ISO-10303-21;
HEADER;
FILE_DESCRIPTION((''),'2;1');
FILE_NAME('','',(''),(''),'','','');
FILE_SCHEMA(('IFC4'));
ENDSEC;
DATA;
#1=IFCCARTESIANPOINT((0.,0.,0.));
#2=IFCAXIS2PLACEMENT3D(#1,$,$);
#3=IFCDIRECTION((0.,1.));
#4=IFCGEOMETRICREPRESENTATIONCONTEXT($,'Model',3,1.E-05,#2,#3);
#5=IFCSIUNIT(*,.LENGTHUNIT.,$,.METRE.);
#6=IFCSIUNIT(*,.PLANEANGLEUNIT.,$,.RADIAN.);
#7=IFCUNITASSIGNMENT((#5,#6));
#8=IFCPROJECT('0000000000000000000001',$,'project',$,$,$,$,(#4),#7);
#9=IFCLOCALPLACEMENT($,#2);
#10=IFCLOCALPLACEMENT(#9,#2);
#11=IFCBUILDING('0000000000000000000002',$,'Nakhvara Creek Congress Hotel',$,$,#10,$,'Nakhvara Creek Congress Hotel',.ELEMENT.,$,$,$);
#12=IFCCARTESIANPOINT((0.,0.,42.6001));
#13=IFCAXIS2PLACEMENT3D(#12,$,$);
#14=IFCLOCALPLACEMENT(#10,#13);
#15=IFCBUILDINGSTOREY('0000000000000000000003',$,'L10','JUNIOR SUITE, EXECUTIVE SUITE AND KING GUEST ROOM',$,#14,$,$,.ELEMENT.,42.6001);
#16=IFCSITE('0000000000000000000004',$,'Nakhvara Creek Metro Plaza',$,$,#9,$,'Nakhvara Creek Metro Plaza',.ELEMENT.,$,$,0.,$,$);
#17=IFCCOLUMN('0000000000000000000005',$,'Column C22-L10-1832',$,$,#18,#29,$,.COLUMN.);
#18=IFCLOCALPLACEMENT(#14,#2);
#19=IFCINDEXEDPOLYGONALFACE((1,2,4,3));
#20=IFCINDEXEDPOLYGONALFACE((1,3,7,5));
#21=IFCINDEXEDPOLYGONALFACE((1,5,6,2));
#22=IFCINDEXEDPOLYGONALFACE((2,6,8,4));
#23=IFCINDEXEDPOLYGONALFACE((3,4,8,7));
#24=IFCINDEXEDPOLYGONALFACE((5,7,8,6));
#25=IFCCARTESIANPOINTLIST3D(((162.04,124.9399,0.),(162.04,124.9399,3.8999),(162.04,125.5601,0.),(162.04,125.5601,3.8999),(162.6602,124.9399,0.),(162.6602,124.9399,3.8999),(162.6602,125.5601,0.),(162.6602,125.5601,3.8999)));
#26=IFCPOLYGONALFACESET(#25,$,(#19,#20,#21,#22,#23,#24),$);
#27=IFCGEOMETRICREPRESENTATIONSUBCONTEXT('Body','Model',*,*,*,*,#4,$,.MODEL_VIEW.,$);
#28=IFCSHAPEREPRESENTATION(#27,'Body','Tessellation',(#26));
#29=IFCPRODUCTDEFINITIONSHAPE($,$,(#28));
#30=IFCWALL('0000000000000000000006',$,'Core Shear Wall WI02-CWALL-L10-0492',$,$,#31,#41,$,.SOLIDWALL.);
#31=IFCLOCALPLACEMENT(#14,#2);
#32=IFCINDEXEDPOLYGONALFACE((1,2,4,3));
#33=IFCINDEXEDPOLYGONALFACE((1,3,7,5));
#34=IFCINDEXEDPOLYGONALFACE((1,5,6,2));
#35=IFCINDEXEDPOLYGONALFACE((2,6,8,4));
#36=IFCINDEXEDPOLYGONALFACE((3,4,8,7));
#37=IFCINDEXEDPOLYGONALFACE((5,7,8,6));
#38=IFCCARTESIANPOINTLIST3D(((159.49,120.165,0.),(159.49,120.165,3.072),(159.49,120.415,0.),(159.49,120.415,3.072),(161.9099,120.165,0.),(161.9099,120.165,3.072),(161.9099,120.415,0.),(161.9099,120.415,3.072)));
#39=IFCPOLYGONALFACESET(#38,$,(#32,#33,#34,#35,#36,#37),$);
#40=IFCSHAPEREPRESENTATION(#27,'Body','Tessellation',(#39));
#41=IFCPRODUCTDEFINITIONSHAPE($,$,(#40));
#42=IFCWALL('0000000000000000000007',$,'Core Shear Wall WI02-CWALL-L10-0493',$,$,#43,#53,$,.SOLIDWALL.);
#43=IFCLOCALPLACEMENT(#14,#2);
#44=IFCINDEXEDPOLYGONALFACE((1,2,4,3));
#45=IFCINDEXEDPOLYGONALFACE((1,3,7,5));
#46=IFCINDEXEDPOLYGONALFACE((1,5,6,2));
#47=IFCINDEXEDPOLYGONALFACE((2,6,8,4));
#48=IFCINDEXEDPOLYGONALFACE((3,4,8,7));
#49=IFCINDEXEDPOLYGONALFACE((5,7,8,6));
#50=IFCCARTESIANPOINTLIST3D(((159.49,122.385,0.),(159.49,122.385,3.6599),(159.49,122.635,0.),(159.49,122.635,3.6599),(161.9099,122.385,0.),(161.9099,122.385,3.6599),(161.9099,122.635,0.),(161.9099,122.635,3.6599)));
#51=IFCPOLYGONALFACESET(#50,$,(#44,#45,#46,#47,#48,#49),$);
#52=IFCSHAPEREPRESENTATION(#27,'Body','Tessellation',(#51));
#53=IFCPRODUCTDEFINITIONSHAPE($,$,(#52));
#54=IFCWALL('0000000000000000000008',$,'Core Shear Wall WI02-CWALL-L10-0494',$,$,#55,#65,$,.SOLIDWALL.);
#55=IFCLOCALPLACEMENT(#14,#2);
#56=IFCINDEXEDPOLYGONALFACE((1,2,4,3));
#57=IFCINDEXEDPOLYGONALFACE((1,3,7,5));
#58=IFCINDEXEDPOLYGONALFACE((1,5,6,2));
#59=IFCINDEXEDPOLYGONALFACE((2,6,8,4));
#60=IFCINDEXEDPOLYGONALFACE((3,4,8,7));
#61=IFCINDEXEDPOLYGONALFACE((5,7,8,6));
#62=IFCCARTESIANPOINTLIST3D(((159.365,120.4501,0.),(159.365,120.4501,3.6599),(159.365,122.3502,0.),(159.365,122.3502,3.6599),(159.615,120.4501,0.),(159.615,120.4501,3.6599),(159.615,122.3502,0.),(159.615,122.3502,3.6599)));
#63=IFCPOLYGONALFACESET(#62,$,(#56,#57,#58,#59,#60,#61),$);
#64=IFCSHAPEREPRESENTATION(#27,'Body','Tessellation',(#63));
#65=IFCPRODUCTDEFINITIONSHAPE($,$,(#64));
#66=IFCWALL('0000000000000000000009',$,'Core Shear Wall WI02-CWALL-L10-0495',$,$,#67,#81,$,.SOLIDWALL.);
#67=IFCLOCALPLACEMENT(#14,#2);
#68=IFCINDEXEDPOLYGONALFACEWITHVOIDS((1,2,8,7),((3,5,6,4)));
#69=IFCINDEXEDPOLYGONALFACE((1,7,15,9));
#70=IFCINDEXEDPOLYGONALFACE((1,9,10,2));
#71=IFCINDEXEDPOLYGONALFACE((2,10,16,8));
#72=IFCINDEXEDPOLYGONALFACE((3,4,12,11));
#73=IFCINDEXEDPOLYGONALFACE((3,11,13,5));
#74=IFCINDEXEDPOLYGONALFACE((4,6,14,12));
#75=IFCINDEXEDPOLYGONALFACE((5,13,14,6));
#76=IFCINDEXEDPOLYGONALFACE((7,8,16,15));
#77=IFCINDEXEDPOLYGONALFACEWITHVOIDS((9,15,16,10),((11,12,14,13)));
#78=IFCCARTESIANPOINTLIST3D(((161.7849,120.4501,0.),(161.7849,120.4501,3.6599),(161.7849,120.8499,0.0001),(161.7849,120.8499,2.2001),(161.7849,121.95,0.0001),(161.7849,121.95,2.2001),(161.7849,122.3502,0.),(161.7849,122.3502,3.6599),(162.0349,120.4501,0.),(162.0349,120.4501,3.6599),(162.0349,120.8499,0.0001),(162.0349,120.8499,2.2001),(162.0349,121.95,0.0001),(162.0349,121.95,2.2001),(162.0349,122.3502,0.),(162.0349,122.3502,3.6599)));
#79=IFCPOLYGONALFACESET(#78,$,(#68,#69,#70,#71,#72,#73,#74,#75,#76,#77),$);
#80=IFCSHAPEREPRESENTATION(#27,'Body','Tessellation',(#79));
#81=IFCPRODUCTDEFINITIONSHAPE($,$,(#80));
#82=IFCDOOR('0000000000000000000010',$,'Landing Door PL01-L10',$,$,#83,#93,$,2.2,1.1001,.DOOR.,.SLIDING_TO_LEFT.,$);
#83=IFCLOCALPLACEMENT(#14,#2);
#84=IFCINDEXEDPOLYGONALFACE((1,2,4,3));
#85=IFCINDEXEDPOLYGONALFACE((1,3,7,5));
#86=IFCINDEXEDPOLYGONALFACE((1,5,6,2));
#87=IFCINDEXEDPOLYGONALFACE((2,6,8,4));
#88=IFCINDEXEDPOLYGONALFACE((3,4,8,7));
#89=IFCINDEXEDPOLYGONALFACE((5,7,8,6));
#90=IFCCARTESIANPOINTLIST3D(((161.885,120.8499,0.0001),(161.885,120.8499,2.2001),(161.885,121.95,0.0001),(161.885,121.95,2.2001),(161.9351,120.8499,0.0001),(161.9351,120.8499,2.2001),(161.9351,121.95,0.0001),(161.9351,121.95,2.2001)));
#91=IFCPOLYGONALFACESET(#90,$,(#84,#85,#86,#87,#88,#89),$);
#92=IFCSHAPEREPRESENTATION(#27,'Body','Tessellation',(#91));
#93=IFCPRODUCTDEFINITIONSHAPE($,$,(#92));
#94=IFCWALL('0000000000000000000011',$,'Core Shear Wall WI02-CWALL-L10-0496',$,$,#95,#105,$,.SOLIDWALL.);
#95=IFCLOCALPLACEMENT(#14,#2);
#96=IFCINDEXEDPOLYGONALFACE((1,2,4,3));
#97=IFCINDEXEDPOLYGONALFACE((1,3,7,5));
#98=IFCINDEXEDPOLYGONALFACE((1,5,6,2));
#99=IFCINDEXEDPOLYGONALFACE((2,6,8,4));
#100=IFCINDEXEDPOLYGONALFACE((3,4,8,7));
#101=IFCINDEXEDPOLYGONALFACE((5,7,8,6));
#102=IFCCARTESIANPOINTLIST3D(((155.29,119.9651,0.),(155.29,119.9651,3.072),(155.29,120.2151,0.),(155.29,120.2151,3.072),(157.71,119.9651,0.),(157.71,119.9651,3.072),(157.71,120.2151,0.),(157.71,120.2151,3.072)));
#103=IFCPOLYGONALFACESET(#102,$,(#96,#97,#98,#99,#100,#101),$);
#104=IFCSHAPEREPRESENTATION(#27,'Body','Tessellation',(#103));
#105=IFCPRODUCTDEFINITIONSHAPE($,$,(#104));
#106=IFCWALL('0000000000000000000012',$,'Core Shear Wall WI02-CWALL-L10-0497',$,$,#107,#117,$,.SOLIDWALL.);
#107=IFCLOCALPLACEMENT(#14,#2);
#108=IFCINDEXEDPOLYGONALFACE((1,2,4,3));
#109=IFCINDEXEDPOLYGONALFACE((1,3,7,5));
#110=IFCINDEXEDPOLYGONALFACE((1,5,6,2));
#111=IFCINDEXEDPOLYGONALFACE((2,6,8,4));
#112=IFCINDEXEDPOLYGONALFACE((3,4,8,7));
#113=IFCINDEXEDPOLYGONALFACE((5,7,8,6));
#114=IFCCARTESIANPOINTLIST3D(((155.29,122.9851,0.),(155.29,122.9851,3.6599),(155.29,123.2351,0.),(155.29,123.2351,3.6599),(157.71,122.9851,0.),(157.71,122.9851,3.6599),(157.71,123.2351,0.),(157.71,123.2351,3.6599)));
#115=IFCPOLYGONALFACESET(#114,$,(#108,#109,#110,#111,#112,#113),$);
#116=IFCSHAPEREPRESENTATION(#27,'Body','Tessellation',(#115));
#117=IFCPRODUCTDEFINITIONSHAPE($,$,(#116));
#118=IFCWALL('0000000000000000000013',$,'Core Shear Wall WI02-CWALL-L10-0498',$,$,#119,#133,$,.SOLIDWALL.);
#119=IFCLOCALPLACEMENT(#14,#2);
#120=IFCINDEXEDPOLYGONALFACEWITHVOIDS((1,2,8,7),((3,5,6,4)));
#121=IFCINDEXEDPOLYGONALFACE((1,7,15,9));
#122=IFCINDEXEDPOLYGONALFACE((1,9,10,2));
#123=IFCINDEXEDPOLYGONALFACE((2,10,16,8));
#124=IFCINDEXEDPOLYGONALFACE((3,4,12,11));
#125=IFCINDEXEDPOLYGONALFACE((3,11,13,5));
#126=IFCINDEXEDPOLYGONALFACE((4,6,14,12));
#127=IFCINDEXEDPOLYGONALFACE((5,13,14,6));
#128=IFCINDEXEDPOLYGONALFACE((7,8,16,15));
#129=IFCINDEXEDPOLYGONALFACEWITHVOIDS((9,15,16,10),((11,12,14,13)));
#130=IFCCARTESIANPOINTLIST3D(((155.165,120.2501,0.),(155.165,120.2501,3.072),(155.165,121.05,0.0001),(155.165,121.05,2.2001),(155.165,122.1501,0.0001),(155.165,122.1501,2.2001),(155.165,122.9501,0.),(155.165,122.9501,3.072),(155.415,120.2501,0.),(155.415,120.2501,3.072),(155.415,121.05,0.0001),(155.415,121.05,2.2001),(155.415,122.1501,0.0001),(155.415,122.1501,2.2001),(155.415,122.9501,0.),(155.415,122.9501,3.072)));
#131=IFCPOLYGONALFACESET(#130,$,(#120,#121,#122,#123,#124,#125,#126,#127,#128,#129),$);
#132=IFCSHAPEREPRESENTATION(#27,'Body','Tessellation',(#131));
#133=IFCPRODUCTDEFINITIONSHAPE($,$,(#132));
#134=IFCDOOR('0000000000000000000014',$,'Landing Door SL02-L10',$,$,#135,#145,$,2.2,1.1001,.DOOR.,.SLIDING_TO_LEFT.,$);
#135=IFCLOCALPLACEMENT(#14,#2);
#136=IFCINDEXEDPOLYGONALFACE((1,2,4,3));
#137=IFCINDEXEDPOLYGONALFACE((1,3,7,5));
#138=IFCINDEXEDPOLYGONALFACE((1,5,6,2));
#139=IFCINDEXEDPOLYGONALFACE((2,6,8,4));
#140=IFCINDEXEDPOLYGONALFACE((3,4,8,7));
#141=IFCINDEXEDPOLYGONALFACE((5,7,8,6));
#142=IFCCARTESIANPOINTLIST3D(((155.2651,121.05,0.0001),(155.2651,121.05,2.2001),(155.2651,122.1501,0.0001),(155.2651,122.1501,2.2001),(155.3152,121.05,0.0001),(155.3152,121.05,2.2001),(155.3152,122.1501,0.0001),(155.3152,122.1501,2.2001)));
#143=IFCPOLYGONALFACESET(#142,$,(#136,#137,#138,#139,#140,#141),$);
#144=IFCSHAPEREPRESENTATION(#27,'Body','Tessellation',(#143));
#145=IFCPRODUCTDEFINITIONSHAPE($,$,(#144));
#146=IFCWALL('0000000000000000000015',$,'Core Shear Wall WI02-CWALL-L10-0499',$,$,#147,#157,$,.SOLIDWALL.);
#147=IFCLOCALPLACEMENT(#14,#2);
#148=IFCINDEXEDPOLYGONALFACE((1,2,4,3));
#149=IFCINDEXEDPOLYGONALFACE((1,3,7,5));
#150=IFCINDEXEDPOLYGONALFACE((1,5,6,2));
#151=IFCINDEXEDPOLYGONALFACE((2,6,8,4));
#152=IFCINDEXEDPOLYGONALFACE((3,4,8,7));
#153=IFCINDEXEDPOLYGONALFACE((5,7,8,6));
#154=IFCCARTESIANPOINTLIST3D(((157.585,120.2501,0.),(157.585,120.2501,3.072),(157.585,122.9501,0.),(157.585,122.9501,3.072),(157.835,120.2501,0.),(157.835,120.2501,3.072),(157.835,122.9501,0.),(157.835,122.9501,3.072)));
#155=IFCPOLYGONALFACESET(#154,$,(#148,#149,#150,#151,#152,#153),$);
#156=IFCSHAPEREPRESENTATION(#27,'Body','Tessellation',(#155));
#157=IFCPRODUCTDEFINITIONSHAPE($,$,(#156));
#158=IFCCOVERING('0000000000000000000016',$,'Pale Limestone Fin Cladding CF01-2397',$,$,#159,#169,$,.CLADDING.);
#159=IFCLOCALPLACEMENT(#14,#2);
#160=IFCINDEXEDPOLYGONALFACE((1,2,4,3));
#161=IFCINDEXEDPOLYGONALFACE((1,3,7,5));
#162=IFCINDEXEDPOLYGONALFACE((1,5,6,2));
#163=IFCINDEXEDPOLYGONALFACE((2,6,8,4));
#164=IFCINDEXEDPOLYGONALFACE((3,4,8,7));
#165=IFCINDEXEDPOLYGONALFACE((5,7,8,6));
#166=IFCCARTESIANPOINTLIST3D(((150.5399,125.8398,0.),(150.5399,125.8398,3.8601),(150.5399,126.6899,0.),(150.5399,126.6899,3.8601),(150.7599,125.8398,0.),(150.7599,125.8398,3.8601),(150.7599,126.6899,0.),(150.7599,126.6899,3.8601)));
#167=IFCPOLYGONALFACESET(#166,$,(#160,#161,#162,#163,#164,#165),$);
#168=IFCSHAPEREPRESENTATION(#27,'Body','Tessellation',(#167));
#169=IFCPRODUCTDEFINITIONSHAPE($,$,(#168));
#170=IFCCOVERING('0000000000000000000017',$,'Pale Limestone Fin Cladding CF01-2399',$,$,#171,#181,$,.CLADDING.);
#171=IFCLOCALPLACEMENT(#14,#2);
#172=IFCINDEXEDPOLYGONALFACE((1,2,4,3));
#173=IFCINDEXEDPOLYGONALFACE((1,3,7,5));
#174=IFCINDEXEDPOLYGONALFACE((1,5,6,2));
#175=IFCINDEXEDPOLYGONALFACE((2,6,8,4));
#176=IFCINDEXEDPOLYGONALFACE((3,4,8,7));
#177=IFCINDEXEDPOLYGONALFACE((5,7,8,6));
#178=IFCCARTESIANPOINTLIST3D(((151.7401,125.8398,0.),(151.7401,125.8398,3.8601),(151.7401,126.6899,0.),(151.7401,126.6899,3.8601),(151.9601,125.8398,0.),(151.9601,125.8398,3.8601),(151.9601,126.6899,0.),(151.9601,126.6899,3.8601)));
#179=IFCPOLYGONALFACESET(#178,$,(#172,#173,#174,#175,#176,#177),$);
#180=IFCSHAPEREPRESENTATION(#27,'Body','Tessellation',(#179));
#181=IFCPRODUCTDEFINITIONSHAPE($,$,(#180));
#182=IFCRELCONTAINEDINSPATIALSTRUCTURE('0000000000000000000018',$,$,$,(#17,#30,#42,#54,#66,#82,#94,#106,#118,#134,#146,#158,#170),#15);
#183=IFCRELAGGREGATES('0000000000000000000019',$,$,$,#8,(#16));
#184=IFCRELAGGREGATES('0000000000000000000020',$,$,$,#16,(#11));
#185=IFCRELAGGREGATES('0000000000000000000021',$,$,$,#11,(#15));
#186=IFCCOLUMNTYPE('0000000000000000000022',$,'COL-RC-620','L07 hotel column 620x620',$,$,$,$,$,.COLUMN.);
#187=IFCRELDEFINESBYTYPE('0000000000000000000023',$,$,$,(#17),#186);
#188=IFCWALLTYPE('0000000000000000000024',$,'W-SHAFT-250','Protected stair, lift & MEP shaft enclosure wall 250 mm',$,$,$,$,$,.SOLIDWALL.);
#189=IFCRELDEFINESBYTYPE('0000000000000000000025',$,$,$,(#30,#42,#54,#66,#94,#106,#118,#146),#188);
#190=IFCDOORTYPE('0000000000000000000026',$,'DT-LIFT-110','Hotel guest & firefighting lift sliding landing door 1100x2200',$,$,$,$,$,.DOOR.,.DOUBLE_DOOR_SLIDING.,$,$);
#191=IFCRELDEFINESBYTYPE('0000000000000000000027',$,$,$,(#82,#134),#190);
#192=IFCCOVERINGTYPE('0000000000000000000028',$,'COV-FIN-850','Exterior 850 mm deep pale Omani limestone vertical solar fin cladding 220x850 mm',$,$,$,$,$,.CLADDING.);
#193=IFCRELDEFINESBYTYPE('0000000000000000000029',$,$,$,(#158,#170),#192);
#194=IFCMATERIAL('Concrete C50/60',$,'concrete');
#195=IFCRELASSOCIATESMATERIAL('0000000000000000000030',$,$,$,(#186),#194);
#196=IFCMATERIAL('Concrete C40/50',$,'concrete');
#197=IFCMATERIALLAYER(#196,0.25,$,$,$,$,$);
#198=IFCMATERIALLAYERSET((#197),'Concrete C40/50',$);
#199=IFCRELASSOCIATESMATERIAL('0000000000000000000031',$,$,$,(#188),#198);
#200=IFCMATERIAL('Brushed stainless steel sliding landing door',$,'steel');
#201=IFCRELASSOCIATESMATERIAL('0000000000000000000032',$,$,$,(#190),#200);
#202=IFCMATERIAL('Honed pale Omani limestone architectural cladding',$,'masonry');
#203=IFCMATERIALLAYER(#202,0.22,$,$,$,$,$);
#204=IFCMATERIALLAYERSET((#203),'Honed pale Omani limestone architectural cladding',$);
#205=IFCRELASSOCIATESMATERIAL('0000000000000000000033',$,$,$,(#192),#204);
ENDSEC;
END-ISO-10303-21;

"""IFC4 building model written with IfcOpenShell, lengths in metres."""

from ifc_helpers import new_model, si_unit, direction, frame, frame_2d, origin, origin_2d, place, context, subcontext, project, spatial, rectangle, extrude, material, layer, layer_set, material_profile, profile_set, type_object, element, fill, save


model = new_model("IFC4")

# Units and contexts
model_context = context("Model", 3, precision=1e-05, world=origin(), true_north=direction((0.0, 1.0)))
body_context = subcontext(model_context, "Body", "Model", "MODEL_VIEW")
ifc_project = project(units=[si_unit("LENGTHUNIT", "METRE"), si_unit("PLANEANGLEUNIT", "RADIAN")], contexts=[model_context])

# Site, building, storey
site_placement = place(None, origin())
site = spatial("IfcSite", under=ifc_project, at=site_placement, Name="Nakhvara Creek Metro Plaza", LongName="Nakhvara Creek Metro Plaza", CompositionType="ELEMENT", RefElevation=0.0)
building_placement = place(site_placement, origin())
building = spatial("IfcBuilding", under=site, at=building_placement, Name="Nakhvara Creek Congress Hotel", LongName="Nakhvara Creek Congress Hotel", CompositionType="ELEMENT")
storey_placement = place(building_placement, frame((0.0, 0.0, 42.6001)))
storey = spatial("IfcBuildingStorey", under=building, at=storey_placement, Name="L10", Description="JUNIOR SUITE, EXECUTIVE SUITE AND KING GUEST ROOM", CompositionType="ELEMENT", Elevation=42.6001)

# Column
ifc_material_1 = material(Name="Concrete C50/60", Category="concrete")
ifc_material_profile = material_profile(ifc_material_1, rectangle(XDim=0.6201, YDim=0.6201, at=origin_2d()), Name="RC-COL 620x620", Category="LoadBearing")
ifc_profile_set = profile_set([ifc_material_profile], Name="Concrete C50/60")
column_type = type_object("IfcColumnType", Name="COL-RC-620", Description="L07 hotel column 620x620", PredefinedType="COLUMN", material=ifc_profile_set)
column_placement = place(storey_placement, frame((162.3501, 125.25, 0.0), z_axis=(0.0, 0.0, 1.0), x_axis=(1.0, 0.0, 0.0)))
element("IfcColumn", 1, at=column_placement, inside=storey, type_object=column_type, Name="Column C22-L10-1832", PredefinedType="COLUMN", context=body_context, shape_type="SweptSolid", body=[
    extrude(rectangle(XDim=0.6201, YDim=0.6201, at=origin_2d()), origin(), (0.0, 0.0, 1.0), 3.8999),
])

# Walls
ifc_material_2 = material(Name="Concrete C40/50", Category="concrete")
ifc_layer_1 = layer(ifc_material_2, 0.25)
ifc_layer_set_1 = layer_set([ifc_layer_1], Name="Concrete C40/50")
wall_type = type_object("IfcWallType", Name="W-SHAFT-250", Description="Protected stair, lift & MEP shaft enclosure wall 250 mm", PredefinedType="SOLIDWALL", material=ifc_layer_set_1)
wall_1_placement = place(storey_placement, frame((159.49, 120.29, 0.0), z_axis=(0.0, 0.0, 1.0), x_axis=(1.0, 0.0, 0.0)))
element("IfcWall", 2, at=wall_1_placement, inside=storey, type_object=wall_type, Name="Core Shear Wall WI02-CWALL-L10-0492", PredefinedType="SOLIDWALL", context=body_context, shape_type="SweptSolid", body=[
    extrude(rectangle(XDim=2.4199, YDim=0.25, at=frame_2d((1.21, 0.0))), origin(), (0.0, 0.0, 1.0), 3.072),
])
wall_2_placement = place(storey_placement, frame((159.49, 122.51, 0.0), z_axis=(0.0, 0.0, 1.0), x_axis=(1.0, 0.0, 0.0)))
element("IfcWall", 3, at=wall_2_placement, inside=storey, type_object=wall_type, Name="Core Shear Wall WI02-CWALL-L10-0493", PredefinedType="SOLIDWALL", context=body_context, shape_type="SweptSolid", body=[
    extrude(rectangle(XDim=2.4199, YDim=0.25, at=frame_2d((1.21, 0.0))), origin(), (0.0, 0.0, 1.0), 3.6599),
])
wall_3_placement = place(storey_placement, frame((159.49, 120.45, 0.0), z_axis=(0.0, 0.0, 1.0), x_axis=(0.0, 1.0, 0.0)))
element("IfcWall", 4, at=wall_3_placement, inside=storey, type_object=wall_type, Name="Core Shear Wall WI02-CWALL-L10-0494", PredefinedType="SOLIDWALL", context=body_context, shape_type="SweptSolid", body=[
    extrude(rectangle(XDim=1.9001, YDim=0.25, at=frame_2d((0.9502, 0.0))), origin(), (0.0, 0.0, 1.0), 3.6599),
])

# Wall, opening, door
wall_4_placement = place(storey_placement, frame((161.9099, 120.45, 0.0), z_axis=(0.0, 0.0, 1.0), x_axis=(0.0, 1.0, 0.0)))
wall_4 = element("IfcWall", 5, at=wall_4_placement, inside=storey, type_object=wall_type, Name="Core Shear Wall WI02-CWALL-L10-0495", PredefinedType="SOLIDWALL", context=body_context, shape_type="SweptSolid", body=[
    extrude(rectangle(XDim=1.9001, YDim=0.25, at=frame_2d((0.9502, 0.0))), origin(), (0.0, 0.0, 1.0), 3.6599),
])
opening_1_placement = place(wall_4_placement, frame((0.3999, 0.0, 0.0)))
opening_1 = element("IfcOpeningElement", 6, at=opening_1_placement, cuts=wall_4, PredefinedType="OPENING", context=body_context, shape_type="SweptSolid", body=[
    extrude(rectangle(XDim=1.1001, YDim=2.2, at=frame_2d((0.55, 1.1001))), frame((0.0, 0.137, 0.0), z_axis=(0.0, -1.0, 0.0), x_axis=(1.0, 0.0, 0.0)), (0.0, 0.0, 1.0), 0.2739),
])
ifc_material_3 = material(Name="Brushed stainless steel sliding landing door", Category="steel")
door_type = type_object("IfcDoorType", Name="DT-LIFT-110", Description="Hotel guest & firefighting lift sliding landing door 1100x2200", OperationType="DOUBLE_DOOR_SLIDING", PredefinedType="DOOR", material=ifc_material_3)
door_1_placement = place(opening_1_placement, origin())
door_1 = element("IfcDoor", 7, at=door_1_placement, inside=storey, type_object=door_type, Name="Landing Door PL01-L10", OperationType="SLIDING_TO_LEFT", OverallHeight=2.2, OverallWidth=1.1001, PredefinedType="DOOR", context=body_context, shape_type="SweptSolid", body=[
    extrude(rectangle(XDim=1.1001, YDim=2.2, at=frame_2d((0.55, 1.1001))), frame((0.0, 0.0249, 0.0), z_axis=(0.0, -1.0, 0.0), x_axis=(1.0, 0.0, 0.0)), (0.0, 0.0, 1.0), 0.05),
])
fill(opening_1, door_1)

# Walls
wall_5_placement = place(storey_placement, frame((155.29, 120.0901, 0.0), z_axis=(0.0, 0.0, 1.0), x_axis=(1.0, 0.0, 0.0)))
element("IfcWall", 8, at=wall_5_placement, inside=storey, type_object=wall_type, Name="Core Shear Wall WI02-CWALL-L10-0496", PredefinedType="SOLIDWALL", context=body_context, shape_type="SweptSolid", body=[
    extrude(rectangle(XDim=2.4199, YDim=0.25, at=frame_2d((1.21, 0.0))), origin(), (0.0, 0.0, 1.0), 3.072),
])
wall_6_placement = place(storey_placement, frame((155.29, 123.1101, 0.0), z_axis=(0.0, 0.0, 1.0), x_axis=(1.0, 0.0, 0.0)))
element("IfcWall", 9, at=wall_6_placement, inside=storey, type_object=wall_type, Name="Core Shear Wall WI02-CWALL-L10-0497", PredefinedType="SOLIDWALL", context=body_context, shape_type="SweptSolid", body=[
    extrude(rectangle(XDim=2.4199, YDim=0.25, at=frame_2d((1.21, 0.0))), origin(), (0.0, 0.0, 1.0), 3.6599),
])

# Wall, opening, door
wall_7_placement = place(storey_placement, frame((155.29, 120.25, 0.0), z_axis=(0.0, 0.0, 1.0), x_axis=(0.0, 1.0, 0.0)))
wall_7 = element("IfcWall", 10, at=wall_7_placement, inside=storey, type_object=wall_type, Name="Core Shear Wall WI02-CWALL-L10-0498", PredefinedType="SOLIDWALL", context=body_context, shape_type="SweptSolid", body=[
    extrude(rectangle(XDim=2.7, YDim=0.25, at=frame_2d((1.3501, 0.0))), origin(), (0.0, 0.0, 1.0), 3.072),
])
opening_2_placement = place(wall_7_placement, frame((0.8, 0.0, 0.0)))
opening_2 = element("IfcOpeningElement", 11, at=opening_2_placement, cuts=wall_7, PredefinedType="OPENING", context=body_context, shape_type="SweptSolid", body=[
    extrude(rectangle(XDim=1.1001, YDim=2.2, at=frame_2d((0.55, 1.1001))), frame((0.0, 0.137, 0.0), z_axis=(0.0, -1.0, 0.0), x_axis=(1.0, 0.0, 0.0)), (0.0, 0.0, 1.0), 0.2739),
])
door_2_placement = place(opening_2_placement, origin())
door_2 = element("IfcDoor", 12, at=door_2_placement, inside=storey, type_object=door_type, Name="Landing Door SL02-L10", OperationType="SLIDING_TO_LEFT", OverallHeight=2.2, OverallWidth=1.1001, PredefinedType="DOOR", context=body_context, shape_type="SweptSolid", body=[
    extrude(rectangle(XDim=1.1001, YDim=2.2, at=frame_2d((0.55, 1.1001))), frame((0.0, 0.0249, 0.0), z_axis=(0.0, -1.0, 0.0), x_axis=(1.0, 0.0, 0.0)), (0.0, 0.0, 1.0), 0.05),
])
fill(opening_2, door_2)

# Wall
wall_8_placement = place(storey_placement, frame((157.71, 120.25, 0.0), z_axis=(0.0, 0.0, 1.0), x_axis=(0.0, 1.0, 0.0)))
element("IfcWall", 13, at=wall_8_placement, inside=storey, type_object=wall_type, Name="Core Shear Wall WI02-CWALL-L10-0499", PredefinedType="SOLIDWALL", context=body_context, shape_type="SweptSolid", body=[
    extrude(rectangle(XDim=2.7, YDim=0.25, at=frame_2d((1.3501, 0.0))), origin(), (0.0, 0.0, 1.0), 3.072),
])

# Coverings
ifc_material_4 = material(Name="Honed pale Omani limestone architectural cladding", Category="masonry")
ifc_layer_2 = layer(ifc_material_4, 0.22)
ifc_layer_set_2 = layer_set([ifc_layer_2], Name="Honed pale Omani limestone architectural cladding")
covering_type = type_object("IfcCoveringType", Name="COV-FIN-850", Description="Exterior 850 mm deep pale Omani limestone vertical solar fin cladding 220x850 mm", PredefinedType="CLADDING", material=ifc_layer_set_2)
for number, where, z_axis, x_axis, name in (
    (14, (150.6499, 126.2649, 0.0), (0.0, 0.0, 1.0), (1.0, 0.0, 0.0), "Pale Limestone Fin Cladding CF01-2397"),
    (15, (151.8501, 126.2649, 0.0), (0.0, 0.0, 1.0), (1.0, 0.0, 0.0), "Pale Limestone Fin Cladding CF01-2399"),
):
    element("IfcCovering", number, at=place(storey_placement, frame(where, z_axis=z_axis, x_axis=x_axis)), inside=storey, type_object=covering_type, Name=name, PredefinedType="CLADDING", context=body_context, shape_type="SweptSolid", body=[
        extrude(rectangle(XDim=0.22, YDim=0.8501, at=origin_2d()), origin(), (0.0, 0.0, 1.0), 3.8601),
    ])

save(model, "model.ifc")
